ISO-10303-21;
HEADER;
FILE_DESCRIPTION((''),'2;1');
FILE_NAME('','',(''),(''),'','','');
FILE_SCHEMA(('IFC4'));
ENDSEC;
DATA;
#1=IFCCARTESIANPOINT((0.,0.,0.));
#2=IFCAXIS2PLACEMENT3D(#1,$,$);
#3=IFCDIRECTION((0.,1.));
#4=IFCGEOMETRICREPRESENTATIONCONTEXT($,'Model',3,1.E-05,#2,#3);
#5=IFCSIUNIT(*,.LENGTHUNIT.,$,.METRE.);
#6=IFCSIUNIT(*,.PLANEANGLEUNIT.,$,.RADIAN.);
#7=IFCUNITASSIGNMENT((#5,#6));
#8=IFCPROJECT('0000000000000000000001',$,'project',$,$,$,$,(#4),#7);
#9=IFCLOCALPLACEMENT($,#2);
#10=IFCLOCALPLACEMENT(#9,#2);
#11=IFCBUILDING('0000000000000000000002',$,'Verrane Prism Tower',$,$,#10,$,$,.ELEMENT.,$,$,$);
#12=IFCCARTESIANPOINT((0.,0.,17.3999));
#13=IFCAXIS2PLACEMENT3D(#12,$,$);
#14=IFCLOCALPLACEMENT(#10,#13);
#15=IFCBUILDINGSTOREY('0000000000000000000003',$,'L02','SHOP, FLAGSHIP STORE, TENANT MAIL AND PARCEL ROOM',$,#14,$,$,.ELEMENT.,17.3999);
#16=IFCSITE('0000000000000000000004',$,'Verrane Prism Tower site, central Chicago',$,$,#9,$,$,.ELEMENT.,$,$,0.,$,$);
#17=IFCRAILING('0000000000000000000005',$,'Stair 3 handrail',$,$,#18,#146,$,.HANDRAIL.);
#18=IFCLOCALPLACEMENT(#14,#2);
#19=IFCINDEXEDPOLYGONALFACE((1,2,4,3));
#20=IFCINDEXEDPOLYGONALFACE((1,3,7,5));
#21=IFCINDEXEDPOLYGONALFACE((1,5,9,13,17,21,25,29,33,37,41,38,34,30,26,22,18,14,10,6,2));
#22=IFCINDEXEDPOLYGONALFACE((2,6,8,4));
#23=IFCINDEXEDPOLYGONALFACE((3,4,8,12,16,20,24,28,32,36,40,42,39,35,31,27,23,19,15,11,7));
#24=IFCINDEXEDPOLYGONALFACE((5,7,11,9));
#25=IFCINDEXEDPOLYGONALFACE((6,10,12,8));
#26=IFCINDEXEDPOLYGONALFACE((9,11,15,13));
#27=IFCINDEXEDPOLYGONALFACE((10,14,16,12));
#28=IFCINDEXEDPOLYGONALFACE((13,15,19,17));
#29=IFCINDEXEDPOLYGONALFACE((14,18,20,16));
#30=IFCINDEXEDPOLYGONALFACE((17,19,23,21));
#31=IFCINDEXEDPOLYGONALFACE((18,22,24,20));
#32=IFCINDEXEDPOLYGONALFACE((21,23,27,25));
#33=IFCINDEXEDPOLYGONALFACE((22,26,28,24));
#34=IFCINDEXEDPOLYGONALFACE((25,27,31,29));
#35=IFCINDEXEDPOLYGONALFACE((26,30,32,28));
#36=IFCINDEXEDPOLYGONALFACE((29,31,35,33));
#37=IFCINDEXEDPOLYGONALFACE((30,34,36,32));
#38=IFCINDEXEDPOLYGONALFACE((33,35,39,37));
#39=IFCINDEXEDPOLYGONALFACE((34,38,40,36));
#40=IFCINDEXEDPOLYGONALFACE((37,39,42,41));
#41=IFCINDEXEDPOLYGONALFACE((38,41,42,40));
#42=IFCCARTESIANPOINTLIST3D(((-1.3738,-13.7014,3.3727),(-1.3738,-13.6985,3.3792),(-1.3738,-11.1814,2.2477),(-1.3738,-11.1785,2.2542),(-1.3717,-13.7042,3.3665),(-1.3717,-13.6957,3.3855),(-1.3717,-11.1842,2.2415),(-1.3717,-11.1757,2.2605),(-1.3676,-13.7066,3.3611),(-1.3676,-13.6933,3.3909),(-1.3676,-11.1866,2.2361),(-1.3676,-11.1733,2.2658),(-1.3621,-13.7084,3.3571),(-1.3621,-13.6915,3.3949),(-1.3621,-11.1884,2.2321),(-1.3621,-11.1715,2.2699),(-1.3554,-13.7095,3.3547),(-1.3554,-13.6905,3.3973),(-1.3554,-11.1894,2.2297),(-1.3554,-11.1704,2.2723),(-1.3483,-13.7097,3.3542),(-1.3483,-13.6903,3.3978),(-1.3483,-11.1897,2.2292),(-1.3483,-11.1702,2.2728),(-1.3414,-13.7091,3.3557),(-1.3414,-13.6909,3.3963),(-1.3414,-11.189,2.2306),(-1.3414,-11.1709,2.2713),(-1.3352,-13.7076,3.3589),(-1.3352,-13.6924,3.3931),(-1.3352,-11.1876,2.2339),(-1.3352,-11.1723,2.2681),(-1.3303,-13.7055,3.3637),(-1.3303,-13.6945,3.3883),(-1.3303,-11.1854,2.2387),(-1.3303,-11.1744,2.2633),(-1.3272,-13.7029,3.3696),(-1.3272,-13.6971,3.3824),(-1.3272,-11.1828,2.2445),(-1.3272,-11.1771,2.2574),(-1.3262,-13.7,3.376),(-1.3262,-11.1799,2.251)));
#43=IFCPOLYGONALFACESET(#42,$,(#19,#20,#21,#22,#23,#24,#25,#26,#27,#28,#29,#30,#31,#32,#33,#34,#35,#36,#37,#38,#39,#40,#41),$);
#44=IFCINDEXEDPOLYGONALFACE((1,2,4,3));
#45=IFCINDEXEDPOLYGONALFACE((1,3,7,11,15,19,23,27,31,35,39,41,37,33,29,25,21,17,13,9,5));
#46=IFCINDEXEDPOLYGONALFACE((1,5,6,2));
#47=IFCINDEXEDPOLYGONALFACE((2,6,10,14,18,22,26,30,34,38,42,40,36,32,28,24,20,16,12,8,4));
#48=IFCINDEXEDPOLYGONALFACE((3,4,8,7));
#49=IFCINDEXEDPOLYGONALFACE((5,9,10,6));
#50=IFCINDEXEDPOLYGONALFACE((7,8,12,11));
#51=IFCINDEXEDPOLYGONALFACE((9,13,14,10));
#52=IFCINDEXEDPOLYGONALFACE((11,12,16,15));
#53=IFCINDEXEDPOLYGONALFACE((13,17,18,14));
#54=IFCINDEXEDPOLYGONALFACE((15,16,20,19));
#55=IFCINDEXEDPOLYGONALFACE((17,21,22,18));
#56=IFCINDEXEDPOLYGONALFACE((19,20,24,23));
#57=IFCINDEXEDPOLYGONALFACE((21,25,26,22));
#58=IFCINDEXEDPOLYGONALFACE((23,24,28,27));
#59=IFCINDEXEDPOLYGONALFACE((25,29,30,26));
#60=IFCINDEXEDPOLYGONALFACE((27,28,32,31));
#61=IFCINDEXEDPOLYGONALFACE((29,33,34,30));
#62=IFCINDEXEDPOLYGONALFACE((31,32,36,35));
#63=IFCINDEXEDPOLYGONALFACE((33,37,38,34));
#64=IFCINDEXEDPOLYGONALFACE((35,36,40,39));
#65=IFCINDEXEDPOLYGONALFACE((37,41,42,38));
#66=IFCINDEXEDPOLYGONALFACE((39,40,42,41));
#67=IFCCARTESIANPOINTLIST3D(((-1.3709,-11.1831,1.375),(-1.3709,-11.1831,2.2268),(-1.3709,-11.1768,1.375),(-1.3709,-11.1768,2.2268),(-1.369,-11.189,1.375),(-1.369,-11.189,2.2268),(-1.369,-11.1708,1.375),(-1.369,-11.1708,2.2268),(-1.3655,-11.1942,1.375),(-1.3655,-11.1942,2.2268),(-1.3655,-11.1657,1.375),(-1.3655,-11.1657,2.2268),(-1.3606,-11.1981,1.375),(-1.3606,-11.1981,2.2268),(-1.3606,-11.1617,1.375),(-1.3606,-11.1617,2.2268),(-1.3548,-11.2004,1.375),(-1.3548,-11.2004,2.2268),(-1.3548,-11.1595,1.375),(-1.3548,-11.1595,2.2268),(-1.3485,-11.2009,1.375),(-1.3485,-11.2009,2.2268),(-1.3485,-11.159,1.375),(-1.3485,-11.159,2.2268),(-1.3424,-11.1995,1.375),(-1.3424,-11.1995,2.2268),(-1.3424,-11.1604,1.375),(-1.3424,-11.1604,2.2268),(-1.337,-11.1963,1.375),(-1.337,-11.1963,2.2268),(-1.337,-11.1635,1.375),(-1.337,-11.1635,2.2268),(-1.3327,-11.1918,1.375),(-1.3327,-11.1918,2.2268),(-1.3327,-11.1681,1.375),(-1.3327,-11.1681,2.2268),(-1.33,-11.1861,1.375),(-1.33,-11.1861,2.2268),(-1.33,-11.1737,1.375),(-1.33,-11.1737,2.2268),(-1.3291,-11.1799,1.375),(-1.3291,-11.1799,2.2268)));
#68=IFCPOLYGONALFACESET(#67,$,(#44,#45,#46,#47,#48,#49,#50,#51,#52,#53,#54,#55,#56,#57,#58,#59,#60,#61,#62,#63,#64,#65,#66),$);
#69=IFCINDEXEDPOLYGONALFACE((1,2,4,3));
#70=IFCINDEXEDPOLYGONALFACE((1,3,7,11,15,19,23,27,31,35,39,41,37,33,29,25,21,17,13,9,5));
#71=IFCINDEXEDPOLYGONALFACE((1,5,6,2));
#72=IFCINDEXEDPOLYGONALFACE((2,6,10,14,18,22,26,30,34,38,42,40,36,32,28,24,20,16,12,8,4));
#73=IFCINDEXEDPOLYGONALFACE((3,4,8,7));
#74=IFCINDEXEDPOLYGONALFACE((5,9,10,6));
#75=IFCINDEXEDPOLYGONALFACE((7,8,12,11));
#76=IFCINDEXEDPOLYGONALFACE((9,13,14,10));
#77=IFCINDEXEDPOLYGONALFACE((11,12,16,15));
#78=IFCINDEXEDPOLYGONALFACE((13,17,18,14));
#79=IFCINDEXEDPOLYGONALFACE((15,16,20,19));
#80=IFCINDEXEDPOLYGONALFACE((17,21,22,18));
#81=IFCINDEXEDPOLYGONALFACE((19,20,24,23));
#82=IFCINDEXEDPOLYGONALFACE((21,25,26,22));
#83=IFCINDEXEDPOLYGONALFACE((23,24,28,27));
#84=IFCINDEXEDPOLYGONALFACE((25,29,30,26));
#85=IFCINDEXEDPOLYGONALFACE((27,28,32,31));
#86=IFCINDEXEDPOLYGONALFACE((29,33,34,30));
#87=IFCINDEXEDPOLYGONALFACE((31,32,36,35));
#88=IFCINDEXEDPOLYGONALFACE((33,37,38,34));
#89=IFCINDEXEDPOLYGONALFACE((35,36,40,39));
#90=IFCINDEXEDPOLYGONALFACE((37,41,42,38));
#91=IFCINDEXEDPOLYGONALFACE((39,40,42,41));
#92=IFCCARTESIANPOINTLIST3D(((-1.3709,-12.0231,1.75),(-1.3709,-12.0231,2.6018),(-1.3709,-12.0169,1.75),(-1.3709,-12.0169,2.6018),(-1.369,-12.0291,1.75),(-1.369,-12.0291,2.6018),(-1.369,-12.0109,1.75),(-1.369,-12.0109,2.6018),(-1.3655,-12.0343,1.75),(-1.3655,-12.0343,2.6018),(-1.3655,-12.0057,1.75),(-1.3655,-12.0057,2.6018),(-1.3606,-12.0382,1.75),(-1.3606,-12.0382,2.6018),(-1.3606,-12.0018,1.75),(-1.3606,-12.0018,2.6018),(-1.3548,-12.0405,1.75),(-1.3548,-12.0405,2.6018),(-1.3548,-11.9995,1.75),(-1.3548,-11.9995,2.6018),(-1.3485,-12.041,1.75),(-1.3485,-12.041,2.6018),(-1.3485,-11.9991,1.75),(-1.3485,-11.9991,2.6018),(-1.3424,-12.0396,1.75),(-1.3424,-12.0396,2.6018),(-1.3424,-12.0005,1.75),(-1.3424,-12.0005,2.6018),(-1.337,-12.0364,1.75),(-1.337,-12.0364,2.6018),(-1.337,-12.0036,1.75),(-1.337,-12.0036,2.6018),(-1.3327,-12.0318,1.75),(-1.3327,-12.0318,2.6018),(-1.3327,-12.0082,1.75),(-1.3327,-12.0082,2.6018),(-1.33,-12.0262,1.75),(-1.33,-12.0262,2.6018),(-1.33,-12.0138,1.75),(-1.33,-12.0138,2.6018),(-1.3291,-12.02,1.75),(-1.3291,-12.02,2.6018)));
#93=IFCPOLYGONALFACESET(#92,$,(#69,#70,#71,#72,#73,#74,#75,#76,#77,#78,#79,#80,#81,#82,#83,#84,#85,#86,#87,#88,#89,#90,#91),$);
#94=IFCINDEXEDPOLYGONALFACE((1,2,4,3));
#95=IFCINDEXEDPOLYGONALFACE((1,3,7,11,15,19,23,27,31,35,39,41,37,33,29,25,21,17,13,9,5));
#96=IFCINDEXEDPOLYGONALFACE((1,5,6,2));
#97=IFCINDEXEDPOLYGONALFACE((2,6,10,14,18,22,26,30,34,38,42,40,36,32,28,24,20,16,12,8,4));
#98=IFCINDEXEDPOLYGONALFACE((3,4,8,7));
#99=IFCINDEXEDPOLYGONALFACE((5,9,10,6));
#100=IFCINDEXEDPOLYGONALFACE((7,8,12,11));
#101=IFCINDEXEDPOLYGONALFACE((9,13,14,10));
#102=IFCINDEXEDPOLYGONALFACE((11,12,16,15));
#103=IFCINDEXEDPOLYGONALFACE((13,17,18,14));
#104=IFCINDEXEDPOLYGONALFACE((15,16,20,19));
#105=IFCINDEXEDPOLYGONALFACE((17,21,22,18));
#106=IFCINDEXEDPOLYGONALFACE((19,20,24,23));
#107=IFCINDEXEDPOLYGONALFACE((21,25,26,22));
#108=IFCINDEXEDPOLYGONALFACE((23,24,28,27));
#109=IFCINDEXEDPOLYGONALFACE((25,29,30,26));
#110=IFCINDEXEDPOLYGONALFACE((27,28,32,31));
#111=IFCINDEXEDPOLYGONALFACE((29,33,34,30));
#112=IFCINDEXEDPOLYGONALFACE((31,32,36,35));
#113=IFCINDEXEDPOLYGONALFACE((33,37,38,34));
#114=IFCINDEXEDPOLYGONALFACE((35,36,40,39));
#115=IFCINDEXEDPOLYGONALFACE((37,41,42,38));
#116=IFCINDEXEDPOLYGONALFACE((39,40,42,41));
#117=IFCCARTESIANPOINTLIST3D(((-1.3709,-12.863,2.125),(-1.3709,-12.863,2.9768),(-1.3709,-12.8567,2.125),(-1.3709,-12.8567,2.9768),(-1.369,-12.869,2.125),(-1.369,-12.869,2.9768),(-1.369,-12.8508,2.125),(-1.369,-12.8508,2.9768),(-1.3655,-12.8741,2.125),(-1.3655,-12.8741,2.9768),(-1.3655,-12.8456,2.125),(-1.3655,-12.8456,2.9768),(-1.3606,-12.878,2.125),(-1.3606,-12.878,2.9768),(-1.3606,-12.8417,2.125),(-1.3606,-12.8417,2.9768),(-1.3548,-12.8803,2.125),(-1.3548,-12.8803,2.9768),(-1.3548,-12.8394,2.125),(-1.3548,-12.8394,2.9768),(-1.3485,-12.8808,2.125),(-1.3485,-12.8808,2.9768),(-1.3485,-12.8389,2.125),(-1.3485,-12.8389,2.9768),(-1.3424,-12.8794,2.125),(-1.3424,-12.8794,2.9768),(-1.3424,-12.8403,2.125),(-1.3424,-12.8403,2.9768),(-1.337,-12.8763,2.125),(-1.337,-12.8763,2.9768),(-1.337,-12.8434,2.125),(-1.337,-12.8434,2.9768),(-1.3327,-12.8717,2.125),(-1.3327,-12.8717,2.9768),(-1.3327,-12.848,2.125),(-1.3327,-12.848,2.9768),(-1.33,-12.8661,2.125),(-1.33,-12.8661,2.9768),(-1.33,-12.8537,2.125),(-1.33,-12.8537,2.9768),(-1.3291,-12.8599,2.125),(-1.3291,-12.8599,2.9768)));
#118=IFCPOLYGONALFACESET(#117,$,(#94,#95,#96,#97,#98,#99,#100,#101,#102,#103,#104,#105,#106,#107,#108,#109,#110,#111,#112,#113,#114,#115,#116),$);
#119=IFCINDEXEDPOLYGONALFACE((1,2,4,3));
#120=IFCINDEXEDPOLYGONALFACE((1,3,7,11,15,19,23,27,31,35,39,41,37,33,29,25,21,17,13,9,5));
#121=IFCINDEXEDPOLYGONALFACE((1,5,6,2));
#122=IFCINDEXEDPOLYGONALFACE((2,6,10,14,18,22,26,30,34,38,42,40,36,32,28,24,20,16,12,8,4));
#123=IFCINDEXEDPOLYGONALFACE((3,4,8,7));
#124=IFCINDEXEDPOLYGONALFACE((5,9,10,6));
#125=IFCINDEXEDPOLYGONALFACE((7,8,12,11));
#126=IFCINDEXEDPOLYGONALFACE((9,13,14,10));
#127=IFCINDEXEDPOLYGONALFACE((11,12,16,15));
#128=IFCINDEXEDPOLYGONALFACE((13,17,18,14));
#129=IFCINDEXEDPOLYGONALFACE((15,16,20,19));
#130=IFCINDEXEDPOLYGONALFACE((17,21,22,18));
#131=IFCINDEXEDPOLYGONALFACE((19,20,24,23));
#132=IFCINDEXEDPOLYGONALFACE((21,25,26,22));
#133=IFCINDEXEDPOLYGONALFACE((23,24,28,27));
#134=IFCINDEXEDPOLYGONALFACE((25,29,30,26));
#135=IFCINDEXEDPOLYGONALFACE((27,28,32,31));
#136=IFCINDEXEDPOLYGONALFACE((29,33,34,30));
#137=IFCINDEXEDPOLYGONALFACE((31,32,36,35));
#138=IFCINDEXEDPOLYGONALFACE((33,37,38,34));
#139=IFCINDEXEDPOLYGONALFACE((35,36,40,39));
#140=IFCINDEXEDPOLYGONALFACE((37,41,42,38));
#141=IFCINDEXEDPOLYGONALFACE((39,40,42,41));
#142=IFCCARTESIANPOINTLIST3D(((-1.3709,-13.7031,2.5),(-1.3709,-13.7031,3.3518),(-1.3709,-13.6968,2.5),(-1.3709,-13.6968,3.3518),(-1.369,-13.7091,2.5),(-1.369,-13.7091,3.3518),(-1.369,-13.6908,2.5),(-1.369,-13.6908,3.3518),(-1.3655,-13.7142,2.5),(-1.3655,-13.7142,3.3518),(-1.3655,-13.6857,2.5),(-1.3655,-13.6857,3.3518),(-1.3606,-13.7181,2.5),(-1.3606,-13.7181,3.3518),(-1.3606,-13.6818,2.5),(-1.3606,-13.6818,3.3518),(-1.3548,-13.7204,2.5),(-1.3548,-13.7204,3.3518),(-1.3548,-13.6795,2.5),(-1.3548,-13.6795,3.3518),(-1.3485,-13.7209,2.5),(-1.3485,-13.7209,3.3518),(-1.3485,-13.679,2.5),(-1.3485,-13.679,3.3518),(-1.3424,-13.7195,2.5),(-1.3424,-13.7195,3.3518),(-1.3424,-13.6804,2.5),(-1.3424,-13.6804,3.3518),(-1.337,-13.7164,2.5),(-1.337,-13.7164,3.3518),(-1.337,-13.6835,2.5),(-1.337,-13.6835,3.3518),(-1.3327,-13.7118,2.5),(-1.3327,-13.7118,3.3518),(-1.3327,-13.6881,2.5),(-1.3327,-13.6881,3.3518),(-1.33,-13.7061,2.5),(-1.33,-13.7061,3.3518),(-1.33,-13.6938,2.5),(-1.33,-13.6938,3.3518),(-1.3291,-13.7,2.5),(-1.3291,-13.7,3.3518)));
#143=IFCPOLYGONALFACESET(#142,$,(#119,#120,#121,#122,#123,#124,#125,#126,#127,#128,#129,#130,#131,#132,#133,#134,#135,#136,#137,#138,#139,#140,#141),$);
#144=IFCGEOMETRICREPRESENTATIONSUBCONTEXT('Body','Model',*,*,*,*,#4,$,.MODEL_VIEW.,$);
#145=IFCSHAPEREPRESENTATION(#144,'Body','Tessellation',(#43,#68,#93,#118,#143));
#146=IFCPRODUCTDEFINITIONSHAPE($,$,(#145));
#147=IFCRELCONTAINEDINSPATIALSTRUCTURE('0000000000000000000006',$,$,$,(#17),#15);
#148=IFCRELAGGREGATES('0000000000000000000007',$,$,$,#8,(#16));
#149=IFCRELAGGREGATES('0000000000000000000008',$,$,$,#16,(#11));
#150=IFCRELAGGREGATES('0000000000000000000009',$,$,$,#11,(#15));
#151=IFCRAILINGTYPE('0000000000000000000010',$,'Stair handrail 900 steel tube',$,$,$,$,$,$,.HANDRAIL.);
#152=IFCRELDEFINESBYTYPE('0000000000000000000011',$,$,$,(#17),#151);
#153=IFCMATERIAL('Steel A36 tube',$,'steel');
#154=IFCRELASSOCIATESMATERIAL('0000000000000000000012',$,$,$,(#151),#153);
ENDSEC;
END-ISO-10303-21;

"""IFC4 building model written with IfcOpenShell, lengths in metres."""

from ifc_helpers import new_model, si_unit, direction, frame, origin, origin_2d, place, context, subcontext, project, spatial, circle, extrude, material, type_object, element, save


model = new_model("IFC4")

# Units and contexts
model_context = context("Model", 3, precision=1e-05, world=origin(), true_north=direction((0.0, 1.0)))
body_context = subcontext(model_context, "Body", "Model", "MODEL_VIEW")
ifc_project = project(units=[si_unit("LENGTHUNIT", "METRE"), si_unit("PLANEANGLEUNIT", "RADIAN")], contexts=[model_context])

# Site, building, storey
site_placement = place(None, origin())
site = spatial("IfcSite", under=ifc_project, at=site_placement, Name="Verrane Prism Tower site, central Chicago", CompositionType="ELEMENT", RefElevation=0.0)
building_placement = place(site_placement, origin())
building = spatial("IfcBuilding", under=site, at=building_placement, Name="Verrane Prism Tower", CompositionType="ELEMENT")
storey_placement = place(building_placement, frame((0.0, 0.0, 17.3999)))
storey = spatial("IfcBuildingStorey", under=building, at=storey_placement, Name="L02", Description="SHOP, FLAGSHIP STORE, TENANT MAIL AND PARCEL ROOM", CompositionType="ELEMENT", Elevation=17.3999)

# Railing
ifc_material_1 = material(Name="Steel A36 tube", Category="steel")
railing_type = type_object("IfcRailingType", Name="Stair handrail 900 steel tube", PredefinedType="HANDRAIL", material=ifc_material_1)
for number, where, name in (
    (1, (-1.3501, -11.1799, 1.375), "Stair 3 handrail"),
):
    element("IfcRailing", number, at=place(storey_placement, frame(where)), inside=storey, type_object=railing_type, Name=name, PredefinedType="HANDRAIL", context=body_context, shape_type="SweptSolid", body=[
        extrude(circle(Radius=0.0239, at=origin_2d()), frame((0.0, 0.0, 0.876), z_axis=(0.0, -0.913139, 0.407648), x_axis=(1.0, 0.0, 0.0)), (0.0, 0.0, 1.0), 2.7598),
        extrude(circle(Radius=0.021, at=origin_2d()), origin(), (0.0, 0.0, 1.0), 0.8518),
        extrude(circle(Radius=0.021, at=origin_2d()), frame((0.0, -0.8401, 0.375)), (0.0, 0.0, 1.0), 0.8518),
        extrude(circle(Radius=0.021, at=origin_2d()), frame((0.0, -1.6799, 0.75)), (0.0, 0.0, 1.0), 0.8518),
        extrude(circle(Radius=0.021, at=origin_2d()), frame((0.0, -2.52, 1.125)), (0.0, 0.0, 1.0), 0.8518),
    ])

save(model, "model.ifc")
